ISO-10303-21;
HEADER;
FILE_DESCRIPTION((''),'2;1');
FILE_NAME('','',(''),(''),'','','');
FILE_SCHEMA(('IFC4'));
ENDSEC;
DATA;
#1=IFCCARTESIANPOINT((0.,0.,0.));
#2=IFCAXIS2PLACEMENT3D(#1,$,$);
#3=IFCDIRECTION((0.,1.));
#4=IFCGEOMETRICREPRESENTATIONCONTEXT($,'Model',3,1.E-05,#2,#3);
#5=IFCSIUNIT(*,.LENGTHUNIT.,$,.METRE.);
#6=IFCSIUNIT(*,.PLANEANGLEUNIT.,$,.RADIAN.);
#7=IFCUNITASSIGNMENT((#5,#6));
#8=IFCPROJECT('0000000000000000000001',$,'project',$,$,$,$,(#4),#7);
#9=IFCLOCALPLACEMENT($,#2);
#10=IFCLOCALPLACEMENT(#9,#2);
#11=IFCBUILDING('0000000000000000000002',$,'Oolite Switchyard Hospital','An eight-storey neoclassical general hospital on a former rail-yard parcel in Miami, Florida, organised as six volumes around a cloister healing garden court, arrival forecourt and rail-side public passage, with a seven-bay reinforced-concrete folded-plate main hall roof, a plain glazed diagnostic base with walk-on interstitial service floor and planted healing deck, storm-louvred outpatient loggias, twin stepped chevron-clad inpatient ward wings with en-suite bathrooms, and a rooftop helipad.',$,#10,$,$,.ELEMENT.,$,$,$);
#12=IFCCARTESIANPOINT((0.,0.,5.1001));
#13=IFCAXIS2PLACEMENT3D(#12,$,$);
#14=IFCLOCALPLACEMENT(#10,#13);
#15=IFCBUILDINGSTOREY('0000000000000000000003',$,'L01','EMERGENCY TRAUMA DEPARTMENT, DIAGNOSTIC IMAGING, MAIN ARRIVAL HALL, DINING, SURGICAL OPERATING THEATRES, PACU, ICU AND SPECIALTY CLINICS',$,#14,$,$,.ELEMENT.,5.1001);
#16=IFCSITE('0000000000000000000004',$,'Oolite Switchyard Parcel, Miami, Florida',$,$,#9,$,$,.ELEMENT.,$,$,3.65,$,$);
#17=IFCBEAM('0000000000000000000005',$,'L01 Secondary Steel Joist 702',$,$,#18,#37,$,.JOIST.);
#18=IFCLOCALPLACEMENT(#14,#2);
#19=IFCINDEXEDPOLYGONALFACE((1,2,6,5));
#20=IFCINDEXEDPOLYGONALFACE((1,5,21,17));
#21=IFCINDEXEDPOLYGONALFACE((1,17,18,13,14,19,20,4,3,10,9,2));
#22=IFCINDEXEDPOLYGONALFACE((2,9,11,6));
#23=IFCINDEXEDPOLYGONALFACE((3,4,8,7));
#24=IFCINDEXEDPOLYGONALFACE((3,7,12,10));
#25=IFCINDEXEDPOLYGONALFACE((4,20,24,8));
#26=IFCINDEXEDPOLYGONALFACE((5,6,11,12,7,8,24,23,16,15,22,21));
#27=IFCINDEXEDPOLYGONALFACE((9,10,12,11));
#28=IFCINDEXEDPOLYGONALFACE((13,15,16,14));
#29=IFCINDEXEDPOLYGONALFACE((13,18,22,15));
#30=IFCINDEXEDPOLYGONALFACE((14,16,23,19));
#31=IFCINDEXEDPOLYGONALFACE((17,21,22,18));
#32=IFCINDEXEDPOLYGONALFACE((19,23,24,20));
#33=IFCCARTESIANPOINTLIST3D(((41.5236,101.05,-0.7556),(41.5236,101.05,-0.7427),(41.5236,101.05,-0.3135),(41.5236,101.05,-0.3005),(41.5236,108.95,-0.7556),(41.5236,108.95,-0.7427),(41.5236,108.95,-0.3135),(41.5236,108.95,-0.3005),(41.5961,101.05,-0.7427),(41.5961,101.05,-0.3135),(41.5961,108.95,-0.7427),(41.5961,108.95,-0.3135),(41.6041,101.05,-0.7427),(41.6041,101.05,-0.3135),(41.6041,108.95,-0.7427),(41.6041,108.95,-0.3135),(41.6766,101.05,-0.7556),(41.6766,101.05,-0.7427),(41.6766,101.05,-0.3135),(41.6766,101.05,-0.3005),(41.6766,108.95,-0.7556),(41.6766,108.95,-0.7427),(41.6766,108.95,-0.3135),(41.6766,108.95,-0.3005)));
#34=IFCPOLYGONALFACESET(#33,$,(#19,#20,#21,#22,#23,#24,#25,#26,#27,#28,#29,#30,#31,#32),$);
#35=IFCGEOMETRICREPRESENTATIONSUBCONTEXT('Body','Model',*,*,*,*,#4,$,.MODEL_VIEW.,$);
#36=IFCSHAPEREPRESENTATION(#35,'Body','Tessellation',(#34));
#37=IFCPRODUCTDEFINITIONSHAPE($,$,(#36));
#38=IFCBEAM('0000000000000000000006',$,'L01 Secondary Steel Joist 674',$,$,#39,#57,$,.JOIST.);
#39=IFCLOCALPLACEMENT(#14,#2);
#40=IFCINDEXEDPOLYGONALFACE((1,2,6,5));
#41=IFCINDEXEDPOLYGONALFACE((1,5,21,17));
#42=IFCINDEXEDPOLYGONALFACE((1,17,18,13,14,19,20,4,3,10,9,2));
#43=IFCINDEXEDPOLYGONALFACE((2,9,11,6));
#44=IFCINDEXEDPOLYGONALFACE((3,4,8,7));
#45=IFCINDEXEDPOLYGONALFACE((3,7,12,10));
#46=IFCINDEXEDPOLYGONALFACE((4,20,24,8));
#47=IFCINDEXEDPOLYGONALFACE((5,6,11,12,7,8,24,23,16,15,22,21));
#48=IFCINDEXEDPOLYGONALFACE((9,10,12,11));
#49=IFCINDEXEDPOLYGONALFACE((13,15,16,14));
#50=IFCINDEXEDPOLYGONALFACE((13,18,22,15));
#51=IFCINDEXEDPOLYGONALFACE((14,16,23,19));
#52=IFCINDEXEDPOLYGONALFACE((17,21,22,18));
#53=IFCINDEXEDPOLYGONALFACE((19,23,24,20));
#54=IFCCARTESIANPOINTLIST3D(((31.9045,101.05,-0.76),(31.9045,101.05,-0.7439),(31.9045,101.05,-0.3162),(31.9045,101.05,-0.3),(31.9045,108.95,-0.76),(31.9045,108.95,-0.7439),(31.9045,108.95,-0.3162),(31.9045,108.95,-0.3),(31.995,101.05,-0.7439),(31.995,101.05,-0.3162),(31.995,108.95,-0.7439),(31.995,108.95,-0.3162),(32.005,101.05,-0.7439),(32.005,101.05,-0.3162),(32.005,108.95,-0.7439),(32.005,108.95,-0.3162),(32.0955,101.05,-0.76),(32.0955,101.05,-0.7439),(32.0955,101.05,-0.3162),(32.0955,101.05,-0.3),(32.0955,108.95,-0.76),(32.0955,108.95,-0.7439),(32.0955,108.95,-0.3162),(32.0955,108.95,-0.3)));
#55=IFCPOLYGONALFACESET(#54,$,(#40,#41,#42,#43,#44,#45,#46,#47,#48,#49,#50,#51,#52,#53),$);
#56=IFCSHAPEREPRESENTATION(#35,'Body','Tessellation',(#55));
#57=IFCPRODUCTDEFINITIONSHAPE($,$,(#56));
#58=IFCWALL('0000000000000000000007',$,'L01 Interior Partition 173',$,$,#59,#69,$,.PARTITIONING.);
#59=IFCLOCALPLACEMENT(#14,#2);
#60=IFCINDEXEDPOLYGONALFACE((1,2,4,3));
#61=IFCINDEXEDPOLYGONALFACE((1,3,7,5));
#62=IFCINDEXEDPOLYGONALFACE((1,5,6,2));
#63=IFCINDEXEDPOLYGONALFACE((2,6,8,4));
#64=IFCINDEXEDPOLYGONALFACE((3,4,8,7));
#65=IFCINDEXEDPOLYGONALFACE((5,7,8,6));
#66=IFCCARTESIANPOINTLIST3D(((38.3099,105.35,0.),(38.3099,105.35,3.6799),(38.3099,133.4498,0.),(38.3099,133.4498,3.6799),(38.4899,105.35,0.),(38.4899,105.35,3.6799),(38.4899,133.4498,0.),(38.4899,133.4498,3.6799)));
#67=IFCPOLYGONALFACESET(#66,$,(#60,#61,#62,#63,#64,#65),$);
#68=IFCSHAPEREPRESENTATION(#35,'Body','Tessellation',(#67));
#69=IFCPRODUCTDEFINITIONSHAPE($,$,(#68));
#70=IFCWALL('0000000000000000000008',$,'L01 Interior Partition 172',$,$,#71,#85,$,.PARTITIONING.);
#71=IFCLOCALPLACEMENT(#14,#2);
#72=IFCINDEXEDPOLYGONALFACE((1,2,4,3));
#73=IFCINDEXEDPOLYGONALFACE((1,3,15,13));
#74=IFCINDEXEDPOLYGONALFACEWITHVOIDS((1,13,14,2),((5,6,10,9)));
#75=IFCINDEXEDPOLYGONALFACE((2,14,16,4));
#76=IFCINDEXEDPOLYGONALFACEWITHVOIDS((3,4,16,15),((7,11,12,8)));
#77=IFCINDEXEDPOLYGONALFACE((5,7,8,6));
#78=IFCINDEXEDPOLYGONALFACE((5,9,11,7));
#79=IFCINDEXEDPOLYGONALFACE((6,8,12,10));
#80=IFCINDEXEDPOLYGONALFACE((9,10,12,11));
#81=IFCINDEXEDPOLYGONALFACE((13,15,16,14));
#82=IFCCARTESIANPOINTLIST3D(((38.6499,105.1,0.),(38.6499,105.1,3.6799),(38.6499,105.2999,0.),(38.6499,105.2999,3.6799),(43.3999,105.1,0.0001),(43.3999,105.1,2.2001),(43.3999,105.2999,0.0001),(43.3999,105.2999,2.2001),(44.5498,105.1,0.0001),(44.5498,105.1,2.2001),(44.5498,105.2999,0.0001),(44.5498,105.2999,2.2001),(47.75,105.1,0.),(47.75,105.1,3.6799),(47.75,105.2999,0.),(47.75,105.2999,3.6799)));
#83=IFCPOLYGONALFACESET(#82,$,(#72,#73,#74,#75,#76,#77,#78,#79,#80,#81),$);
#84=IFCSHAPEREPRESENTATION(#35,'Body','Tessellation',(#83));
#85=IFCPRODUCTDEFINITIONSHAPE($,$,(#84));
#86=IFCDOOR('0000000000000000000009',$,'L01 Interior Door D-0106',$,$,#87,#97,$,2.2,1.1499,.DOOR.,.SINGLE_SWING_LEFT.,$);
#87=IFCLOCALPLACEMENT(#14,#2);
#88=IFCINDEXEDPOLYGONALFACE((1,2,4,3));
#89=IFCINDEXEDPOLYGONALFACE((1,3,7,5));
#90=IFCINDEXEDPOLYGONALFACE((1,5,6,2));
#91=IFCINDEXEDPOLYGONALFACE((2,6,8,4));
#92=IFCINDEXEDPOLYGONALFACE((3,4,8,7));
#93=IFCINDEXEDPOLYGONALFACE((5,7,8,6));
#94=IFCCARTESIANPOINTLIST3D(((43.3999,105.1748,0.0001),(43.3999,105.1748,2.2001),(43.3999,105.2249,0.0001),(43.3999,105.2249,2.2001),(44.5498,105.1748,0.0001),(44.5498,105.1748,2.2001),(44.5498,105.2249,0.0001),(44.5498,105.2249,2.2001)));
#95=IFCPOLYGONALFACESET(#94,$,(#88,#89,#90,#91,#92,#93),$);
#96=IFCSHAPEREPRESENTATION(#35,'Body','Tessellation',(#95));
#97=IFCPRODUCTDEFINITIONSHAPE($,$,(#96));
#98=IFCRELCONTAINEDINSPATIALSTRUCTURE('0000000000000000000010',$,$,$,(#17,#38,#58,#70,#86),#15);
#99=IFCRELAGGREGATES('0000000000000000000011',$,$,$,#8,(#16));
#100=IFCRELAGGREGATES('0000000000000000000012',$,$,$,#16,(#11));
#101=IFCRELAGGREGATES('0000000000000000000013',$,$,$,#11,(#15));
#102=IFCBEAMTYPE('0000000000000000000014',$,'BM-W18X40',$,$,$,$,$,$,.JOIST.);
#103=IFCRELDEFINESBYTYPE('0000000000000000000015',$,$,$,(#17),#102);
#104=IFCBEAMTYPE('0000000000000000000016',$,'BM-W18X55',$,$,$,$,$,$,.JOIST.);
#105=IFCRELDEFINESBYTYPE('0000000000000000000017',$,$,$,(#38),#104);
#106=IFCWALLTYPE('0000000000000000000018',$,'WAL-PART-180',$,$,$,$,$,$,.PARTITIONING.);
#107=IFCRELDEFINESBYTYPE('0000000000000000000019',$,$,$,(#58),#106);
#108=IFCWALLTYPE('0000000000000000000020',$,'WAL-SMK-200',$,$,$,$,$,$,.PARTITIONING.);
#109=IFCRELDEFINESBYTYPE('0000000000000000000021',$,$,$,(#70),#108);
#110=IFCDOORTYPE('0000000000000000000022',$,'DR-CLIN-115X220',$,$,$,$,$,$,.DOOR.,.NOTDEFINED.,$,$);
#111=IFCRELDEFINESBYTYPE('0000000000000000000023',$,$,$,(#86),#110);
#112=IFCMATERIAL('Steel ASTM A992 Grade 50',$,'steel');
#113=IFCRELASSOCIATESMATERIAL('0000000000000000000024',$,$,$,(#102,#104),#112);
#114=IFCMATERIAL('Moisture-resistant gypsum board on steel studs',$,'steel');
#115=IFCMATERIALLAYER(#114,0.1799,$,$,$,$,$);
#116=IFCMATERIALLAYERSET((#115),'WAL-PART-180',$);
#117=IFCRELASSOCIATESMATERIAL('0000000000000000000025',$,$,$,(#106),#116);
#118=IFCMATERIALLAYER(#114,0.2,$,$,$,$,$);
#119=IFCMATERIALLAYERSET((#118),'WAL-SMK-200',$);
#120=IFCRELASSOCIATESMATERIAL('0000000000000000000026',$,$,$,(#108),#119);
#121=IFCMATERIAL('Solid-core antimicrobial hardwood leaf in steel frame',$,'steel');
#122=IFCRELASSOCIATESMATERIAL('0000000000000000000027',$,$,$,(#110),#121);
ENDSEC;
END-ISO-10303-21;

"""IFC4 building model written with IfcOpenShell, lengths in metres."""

from ifc_helpers import new_model, si_unit, direction, frame, frame_2d, origin, origin_2d, place, context, subcontext, project, spatial, rectangle, i_section, extrude, material, layer, layer_set, material_profile, profile_set, type_object, element, fill, save


model = new_model("IFC4")

# Units and contexts
model_context = context("Model", 3, precision=1e-05, world=origin(), true_north=direction((0.0, 1.0)))
body_context = subcontext(model_context, "Body", "Model", "MODEL_VIEW")
ifc_project = project(units=[si_unit("LENGTHUNIT", "METRE"), si_unit("PLANEANGLEUNIT", "RADIAN")], contexts=[model_context])

# Site, building, storey
site_placement = place(None, origin())
site = spatial("IfcSite", under=ifc_project, at=site_placement, Name="Oolite Switchyard Parcel, Miami, Florida", CompositionType="ELEMENT", RefElevation=3.65)
building_placement = place(site_placement, origin())
building = spatial("IfcBuilding", under=site, at=building_placement, Name="Oolite Switchyard Hospital", Description="An eight-storey neoclassical general hospital on a former rail-yard parcel in Miami, Florida, organised as six volumes around a cloister healing garden court, arrival forecourt and rail-side public passage, with a seven-bay reinforced-concrete folded-plate main hall roof, a plain glazed diagnostic base with walk-on interstitial service floor and planted healing deck, storm-louvred outpatient loggias, twin stepped chevron-clad inpatient ward wings with en-suite bathrooms, and a rooftop helipad.", CompositionType="ELEMENT")
storey_placement = place(building_placement, frame((0.0, 0.0, 5.1001)))
storey = spatial("IfcBuildingStorey", under=building, at=storey_placement, Name="L01", Description="EMERGENCY TRAUMA DEPARTMENT, DIAGNOSTIC IMAGING, MAIN ARRIVAL HALL, DINING, SURGICAL OPERATING THEATRES, PACU, ICU AND SPECIALTY CLINICS", CompositionType="ELEMENT", Elevation=5.1001)

# Beams
ifc_material_1 = material(Name="Steel ASTM A992 Grade 50", Category="steel")
ifc_material_profile_1 = material_profile(ifc_material_1, i_section(OverallWidth=0.1531, OverallDepth=0.4551, WebThickness=0.0081, FlangeThickness=0.0129, at=origin_2d()), Name="W18X40")
ifc_profile_set_1 = profile_set([ifc_material_profile_1], Name="Steel ASTM A992 Grade 50")
beam_type_1 = type_object("IfcBeamType", Name="BM-W18X40", PredefinedType="JOIST", material=ifc_profile_set_1)
beam_1_placement = place(storey_placement, frame((41.6001, 101.05, -0.5281), z_axis=(0.0, 1.0, 0.0), x_axis=(-1.0, 0.0, 0.0)))
element("IfcBeam", 1, at=beam_1_placement, inside=storey, type_object=beam_type_1, Name="L01 Secondary Steel Joist 702", PredefinedType="JOIST", context=body_context, shape_type="SweptSolid", body=[
    extrude(i_section(OverallWidth=0.1531, OverallDepth=0.4551, WebThickness=0.0081, FlangeThickness=0.0129, at=origin_2d()), origin(), (0.0, 0.0, 1.0), 7.8999),
])
ifc_material_profile_2 = material_profile(ifc_material_1, i_section(OverallWidth=0.1909, OverallDepth=0.46, WebThickness=0.01, FlangeThickness=0.0161, at=origin_2d()), Name="W18X55")
ifc_profile_set_2 = profile_set([ifc_material_profile_2], Name="Steel ASTM A992 Grade 50")
beam_type_2 = type_object("IfcBeamType", Name="BM-W18X55", PredefinedType="JOIST", material=ifc_profile_set_2)
beam_2_placement = place(storey_placement, frame((32.0, 101.05, -0.53), z_axis=(0.0, 1.0, 0.0), x_axis=(-1.0, 0.0, 0.0)))
element("IfcBeam", 2, at=beam_2_placement, inside=storey, type_object=beam_type_2, Name="L01 Secondary Steel Joist 674", PredefinedType="JOIST", context=body_context, shape_type="SweptSolid", body=[
    extrude(i_section(OverallWidth=0.1909, OverallDepth=0.46, WebThickness=0.01, FlangeThickness=0.0161, at=origin_2d()), origin(), (0.0, 0.0, 1.0), 7.8999),
])

# Wall
ifc_material_2 = material(Name="Moisture-resistant gypsum board on steel studs", Category="steel")
ifc_layer_1 = layer(ifc_material_2, 0.1799)
ifc_layer_set_1 = layer_set([ifc_layer_1], Name="WAL-PART-180")
wall_type_1 = type_object("IfcWallType", Name="WAL-PART-180", PredefinedType="PARTITIONING", material=ifc_layer_set_1)
wall_1_placement = place(storey_placement, frame((38.3999, 105.3501, 0.0), z_axis=(0.0, 0.0, 1.0), x_axis=(0.0, 1.0, 0.0)))
element("IfcWall", 3, at=wall_1_placement, inside=storey, type_object=wall_type_1, Name="L01 Interior Partition 173", PredefinedType="PARTITIONING", context=body_context, shape_type="SweptSolid", body=[
    extrude(rectangle(XDim=28.0999, YDim=0.1799, at=frame_2d((14.0498, 0.0))), origin(), (0.0, 0.0, 1.0), 3.6799),
])

# Wall, opening, door
ifc_layer_2 = layer(ifc_material_2, 0.2)
ifc_layer_set_2 = layer_set([ifc_layer_2], Name="WAL-SMK-200")
wall_type_2 = type_object("IfcWallType", Name="WAL-SMK-200", PredefinedType="PARTITIONING", material=ifc_layer_set_2)
wall_2_placement = place(storey_placement, frame((38.6499, 105.2, 0.0), z_axis=(0.0, 0.0, 1.0), x_axis=(1.0, 0.0, 0.0)))
wall_2 = element("IfcWall", 4, at=wall_2_placement, inside=storey, type_object=wall_type_2, Name="L01 Interior Partition 172", PredefinedType="PARTITIONING", context=body_context, shape_type="SweptSolid", body=[
    extrude(rectangle(XDim=9.1001, YDim=0.2, at=frame_2d((4.55, 0.0))), origin(), (0.0, 0.0, 1.0), 3.6799),
])
opening_placement = place(wall_2_placement, frame((4.75, 0.0, 0.0)))
opening = element("IfcOpeningElement", 5, at=opening_placement, cuts=wall_2, PredefinedType="OPENING", context=body_context, shape_type="SweptSolid", body=[
    extrude(rectangle(XDim=1.1499, YDim=2.2, at=frame_2d((0.575, 1.1001))), frame((0.0, 0.1099, 0.0), z_axis=(0.0, -1.0, 0.0), x_axis=(1.0, 0.0, 0.0)), (0.0, 0.0, 1.0), 0.22),
])
ifc_material_3 = material(Name="Solid-core antimicrobial hardwood leaf in steel frame", Category="steel")
door_type = type_object("IfcDoorType", Name="DR-CLIN-115X220", OperationType="NOTDEFINED", PredefinedType="DOOR", material=ifc_material_3)
door_placement = place(opening_placement, origin())
door = element("IfcDoor", 6, at=door_placement, inside=storey, type_object=door_type, Name="L01 Interior Door D-0106", OperationType="SINGLE_SWING_LEFT", OverallHeight=2.2, OverallWidth=1.1499, PredefinedType="DOOR", context=body_context, shape_type="SweptSolid", body=[
    extrude(rectangle(XDim=1.1499, YDim=2.2, at=frame_2d((0.575, 1.1001))), frame((0.0, 0.0249, 0.0), z_axis=(0.0, -1.0, 0.0), x_axis=(1.0, 0.0, 0.0)), (0.0, 0.0, 1.0), 0.05),
])
fill(opening, door)

save(model, "model.ifc")
